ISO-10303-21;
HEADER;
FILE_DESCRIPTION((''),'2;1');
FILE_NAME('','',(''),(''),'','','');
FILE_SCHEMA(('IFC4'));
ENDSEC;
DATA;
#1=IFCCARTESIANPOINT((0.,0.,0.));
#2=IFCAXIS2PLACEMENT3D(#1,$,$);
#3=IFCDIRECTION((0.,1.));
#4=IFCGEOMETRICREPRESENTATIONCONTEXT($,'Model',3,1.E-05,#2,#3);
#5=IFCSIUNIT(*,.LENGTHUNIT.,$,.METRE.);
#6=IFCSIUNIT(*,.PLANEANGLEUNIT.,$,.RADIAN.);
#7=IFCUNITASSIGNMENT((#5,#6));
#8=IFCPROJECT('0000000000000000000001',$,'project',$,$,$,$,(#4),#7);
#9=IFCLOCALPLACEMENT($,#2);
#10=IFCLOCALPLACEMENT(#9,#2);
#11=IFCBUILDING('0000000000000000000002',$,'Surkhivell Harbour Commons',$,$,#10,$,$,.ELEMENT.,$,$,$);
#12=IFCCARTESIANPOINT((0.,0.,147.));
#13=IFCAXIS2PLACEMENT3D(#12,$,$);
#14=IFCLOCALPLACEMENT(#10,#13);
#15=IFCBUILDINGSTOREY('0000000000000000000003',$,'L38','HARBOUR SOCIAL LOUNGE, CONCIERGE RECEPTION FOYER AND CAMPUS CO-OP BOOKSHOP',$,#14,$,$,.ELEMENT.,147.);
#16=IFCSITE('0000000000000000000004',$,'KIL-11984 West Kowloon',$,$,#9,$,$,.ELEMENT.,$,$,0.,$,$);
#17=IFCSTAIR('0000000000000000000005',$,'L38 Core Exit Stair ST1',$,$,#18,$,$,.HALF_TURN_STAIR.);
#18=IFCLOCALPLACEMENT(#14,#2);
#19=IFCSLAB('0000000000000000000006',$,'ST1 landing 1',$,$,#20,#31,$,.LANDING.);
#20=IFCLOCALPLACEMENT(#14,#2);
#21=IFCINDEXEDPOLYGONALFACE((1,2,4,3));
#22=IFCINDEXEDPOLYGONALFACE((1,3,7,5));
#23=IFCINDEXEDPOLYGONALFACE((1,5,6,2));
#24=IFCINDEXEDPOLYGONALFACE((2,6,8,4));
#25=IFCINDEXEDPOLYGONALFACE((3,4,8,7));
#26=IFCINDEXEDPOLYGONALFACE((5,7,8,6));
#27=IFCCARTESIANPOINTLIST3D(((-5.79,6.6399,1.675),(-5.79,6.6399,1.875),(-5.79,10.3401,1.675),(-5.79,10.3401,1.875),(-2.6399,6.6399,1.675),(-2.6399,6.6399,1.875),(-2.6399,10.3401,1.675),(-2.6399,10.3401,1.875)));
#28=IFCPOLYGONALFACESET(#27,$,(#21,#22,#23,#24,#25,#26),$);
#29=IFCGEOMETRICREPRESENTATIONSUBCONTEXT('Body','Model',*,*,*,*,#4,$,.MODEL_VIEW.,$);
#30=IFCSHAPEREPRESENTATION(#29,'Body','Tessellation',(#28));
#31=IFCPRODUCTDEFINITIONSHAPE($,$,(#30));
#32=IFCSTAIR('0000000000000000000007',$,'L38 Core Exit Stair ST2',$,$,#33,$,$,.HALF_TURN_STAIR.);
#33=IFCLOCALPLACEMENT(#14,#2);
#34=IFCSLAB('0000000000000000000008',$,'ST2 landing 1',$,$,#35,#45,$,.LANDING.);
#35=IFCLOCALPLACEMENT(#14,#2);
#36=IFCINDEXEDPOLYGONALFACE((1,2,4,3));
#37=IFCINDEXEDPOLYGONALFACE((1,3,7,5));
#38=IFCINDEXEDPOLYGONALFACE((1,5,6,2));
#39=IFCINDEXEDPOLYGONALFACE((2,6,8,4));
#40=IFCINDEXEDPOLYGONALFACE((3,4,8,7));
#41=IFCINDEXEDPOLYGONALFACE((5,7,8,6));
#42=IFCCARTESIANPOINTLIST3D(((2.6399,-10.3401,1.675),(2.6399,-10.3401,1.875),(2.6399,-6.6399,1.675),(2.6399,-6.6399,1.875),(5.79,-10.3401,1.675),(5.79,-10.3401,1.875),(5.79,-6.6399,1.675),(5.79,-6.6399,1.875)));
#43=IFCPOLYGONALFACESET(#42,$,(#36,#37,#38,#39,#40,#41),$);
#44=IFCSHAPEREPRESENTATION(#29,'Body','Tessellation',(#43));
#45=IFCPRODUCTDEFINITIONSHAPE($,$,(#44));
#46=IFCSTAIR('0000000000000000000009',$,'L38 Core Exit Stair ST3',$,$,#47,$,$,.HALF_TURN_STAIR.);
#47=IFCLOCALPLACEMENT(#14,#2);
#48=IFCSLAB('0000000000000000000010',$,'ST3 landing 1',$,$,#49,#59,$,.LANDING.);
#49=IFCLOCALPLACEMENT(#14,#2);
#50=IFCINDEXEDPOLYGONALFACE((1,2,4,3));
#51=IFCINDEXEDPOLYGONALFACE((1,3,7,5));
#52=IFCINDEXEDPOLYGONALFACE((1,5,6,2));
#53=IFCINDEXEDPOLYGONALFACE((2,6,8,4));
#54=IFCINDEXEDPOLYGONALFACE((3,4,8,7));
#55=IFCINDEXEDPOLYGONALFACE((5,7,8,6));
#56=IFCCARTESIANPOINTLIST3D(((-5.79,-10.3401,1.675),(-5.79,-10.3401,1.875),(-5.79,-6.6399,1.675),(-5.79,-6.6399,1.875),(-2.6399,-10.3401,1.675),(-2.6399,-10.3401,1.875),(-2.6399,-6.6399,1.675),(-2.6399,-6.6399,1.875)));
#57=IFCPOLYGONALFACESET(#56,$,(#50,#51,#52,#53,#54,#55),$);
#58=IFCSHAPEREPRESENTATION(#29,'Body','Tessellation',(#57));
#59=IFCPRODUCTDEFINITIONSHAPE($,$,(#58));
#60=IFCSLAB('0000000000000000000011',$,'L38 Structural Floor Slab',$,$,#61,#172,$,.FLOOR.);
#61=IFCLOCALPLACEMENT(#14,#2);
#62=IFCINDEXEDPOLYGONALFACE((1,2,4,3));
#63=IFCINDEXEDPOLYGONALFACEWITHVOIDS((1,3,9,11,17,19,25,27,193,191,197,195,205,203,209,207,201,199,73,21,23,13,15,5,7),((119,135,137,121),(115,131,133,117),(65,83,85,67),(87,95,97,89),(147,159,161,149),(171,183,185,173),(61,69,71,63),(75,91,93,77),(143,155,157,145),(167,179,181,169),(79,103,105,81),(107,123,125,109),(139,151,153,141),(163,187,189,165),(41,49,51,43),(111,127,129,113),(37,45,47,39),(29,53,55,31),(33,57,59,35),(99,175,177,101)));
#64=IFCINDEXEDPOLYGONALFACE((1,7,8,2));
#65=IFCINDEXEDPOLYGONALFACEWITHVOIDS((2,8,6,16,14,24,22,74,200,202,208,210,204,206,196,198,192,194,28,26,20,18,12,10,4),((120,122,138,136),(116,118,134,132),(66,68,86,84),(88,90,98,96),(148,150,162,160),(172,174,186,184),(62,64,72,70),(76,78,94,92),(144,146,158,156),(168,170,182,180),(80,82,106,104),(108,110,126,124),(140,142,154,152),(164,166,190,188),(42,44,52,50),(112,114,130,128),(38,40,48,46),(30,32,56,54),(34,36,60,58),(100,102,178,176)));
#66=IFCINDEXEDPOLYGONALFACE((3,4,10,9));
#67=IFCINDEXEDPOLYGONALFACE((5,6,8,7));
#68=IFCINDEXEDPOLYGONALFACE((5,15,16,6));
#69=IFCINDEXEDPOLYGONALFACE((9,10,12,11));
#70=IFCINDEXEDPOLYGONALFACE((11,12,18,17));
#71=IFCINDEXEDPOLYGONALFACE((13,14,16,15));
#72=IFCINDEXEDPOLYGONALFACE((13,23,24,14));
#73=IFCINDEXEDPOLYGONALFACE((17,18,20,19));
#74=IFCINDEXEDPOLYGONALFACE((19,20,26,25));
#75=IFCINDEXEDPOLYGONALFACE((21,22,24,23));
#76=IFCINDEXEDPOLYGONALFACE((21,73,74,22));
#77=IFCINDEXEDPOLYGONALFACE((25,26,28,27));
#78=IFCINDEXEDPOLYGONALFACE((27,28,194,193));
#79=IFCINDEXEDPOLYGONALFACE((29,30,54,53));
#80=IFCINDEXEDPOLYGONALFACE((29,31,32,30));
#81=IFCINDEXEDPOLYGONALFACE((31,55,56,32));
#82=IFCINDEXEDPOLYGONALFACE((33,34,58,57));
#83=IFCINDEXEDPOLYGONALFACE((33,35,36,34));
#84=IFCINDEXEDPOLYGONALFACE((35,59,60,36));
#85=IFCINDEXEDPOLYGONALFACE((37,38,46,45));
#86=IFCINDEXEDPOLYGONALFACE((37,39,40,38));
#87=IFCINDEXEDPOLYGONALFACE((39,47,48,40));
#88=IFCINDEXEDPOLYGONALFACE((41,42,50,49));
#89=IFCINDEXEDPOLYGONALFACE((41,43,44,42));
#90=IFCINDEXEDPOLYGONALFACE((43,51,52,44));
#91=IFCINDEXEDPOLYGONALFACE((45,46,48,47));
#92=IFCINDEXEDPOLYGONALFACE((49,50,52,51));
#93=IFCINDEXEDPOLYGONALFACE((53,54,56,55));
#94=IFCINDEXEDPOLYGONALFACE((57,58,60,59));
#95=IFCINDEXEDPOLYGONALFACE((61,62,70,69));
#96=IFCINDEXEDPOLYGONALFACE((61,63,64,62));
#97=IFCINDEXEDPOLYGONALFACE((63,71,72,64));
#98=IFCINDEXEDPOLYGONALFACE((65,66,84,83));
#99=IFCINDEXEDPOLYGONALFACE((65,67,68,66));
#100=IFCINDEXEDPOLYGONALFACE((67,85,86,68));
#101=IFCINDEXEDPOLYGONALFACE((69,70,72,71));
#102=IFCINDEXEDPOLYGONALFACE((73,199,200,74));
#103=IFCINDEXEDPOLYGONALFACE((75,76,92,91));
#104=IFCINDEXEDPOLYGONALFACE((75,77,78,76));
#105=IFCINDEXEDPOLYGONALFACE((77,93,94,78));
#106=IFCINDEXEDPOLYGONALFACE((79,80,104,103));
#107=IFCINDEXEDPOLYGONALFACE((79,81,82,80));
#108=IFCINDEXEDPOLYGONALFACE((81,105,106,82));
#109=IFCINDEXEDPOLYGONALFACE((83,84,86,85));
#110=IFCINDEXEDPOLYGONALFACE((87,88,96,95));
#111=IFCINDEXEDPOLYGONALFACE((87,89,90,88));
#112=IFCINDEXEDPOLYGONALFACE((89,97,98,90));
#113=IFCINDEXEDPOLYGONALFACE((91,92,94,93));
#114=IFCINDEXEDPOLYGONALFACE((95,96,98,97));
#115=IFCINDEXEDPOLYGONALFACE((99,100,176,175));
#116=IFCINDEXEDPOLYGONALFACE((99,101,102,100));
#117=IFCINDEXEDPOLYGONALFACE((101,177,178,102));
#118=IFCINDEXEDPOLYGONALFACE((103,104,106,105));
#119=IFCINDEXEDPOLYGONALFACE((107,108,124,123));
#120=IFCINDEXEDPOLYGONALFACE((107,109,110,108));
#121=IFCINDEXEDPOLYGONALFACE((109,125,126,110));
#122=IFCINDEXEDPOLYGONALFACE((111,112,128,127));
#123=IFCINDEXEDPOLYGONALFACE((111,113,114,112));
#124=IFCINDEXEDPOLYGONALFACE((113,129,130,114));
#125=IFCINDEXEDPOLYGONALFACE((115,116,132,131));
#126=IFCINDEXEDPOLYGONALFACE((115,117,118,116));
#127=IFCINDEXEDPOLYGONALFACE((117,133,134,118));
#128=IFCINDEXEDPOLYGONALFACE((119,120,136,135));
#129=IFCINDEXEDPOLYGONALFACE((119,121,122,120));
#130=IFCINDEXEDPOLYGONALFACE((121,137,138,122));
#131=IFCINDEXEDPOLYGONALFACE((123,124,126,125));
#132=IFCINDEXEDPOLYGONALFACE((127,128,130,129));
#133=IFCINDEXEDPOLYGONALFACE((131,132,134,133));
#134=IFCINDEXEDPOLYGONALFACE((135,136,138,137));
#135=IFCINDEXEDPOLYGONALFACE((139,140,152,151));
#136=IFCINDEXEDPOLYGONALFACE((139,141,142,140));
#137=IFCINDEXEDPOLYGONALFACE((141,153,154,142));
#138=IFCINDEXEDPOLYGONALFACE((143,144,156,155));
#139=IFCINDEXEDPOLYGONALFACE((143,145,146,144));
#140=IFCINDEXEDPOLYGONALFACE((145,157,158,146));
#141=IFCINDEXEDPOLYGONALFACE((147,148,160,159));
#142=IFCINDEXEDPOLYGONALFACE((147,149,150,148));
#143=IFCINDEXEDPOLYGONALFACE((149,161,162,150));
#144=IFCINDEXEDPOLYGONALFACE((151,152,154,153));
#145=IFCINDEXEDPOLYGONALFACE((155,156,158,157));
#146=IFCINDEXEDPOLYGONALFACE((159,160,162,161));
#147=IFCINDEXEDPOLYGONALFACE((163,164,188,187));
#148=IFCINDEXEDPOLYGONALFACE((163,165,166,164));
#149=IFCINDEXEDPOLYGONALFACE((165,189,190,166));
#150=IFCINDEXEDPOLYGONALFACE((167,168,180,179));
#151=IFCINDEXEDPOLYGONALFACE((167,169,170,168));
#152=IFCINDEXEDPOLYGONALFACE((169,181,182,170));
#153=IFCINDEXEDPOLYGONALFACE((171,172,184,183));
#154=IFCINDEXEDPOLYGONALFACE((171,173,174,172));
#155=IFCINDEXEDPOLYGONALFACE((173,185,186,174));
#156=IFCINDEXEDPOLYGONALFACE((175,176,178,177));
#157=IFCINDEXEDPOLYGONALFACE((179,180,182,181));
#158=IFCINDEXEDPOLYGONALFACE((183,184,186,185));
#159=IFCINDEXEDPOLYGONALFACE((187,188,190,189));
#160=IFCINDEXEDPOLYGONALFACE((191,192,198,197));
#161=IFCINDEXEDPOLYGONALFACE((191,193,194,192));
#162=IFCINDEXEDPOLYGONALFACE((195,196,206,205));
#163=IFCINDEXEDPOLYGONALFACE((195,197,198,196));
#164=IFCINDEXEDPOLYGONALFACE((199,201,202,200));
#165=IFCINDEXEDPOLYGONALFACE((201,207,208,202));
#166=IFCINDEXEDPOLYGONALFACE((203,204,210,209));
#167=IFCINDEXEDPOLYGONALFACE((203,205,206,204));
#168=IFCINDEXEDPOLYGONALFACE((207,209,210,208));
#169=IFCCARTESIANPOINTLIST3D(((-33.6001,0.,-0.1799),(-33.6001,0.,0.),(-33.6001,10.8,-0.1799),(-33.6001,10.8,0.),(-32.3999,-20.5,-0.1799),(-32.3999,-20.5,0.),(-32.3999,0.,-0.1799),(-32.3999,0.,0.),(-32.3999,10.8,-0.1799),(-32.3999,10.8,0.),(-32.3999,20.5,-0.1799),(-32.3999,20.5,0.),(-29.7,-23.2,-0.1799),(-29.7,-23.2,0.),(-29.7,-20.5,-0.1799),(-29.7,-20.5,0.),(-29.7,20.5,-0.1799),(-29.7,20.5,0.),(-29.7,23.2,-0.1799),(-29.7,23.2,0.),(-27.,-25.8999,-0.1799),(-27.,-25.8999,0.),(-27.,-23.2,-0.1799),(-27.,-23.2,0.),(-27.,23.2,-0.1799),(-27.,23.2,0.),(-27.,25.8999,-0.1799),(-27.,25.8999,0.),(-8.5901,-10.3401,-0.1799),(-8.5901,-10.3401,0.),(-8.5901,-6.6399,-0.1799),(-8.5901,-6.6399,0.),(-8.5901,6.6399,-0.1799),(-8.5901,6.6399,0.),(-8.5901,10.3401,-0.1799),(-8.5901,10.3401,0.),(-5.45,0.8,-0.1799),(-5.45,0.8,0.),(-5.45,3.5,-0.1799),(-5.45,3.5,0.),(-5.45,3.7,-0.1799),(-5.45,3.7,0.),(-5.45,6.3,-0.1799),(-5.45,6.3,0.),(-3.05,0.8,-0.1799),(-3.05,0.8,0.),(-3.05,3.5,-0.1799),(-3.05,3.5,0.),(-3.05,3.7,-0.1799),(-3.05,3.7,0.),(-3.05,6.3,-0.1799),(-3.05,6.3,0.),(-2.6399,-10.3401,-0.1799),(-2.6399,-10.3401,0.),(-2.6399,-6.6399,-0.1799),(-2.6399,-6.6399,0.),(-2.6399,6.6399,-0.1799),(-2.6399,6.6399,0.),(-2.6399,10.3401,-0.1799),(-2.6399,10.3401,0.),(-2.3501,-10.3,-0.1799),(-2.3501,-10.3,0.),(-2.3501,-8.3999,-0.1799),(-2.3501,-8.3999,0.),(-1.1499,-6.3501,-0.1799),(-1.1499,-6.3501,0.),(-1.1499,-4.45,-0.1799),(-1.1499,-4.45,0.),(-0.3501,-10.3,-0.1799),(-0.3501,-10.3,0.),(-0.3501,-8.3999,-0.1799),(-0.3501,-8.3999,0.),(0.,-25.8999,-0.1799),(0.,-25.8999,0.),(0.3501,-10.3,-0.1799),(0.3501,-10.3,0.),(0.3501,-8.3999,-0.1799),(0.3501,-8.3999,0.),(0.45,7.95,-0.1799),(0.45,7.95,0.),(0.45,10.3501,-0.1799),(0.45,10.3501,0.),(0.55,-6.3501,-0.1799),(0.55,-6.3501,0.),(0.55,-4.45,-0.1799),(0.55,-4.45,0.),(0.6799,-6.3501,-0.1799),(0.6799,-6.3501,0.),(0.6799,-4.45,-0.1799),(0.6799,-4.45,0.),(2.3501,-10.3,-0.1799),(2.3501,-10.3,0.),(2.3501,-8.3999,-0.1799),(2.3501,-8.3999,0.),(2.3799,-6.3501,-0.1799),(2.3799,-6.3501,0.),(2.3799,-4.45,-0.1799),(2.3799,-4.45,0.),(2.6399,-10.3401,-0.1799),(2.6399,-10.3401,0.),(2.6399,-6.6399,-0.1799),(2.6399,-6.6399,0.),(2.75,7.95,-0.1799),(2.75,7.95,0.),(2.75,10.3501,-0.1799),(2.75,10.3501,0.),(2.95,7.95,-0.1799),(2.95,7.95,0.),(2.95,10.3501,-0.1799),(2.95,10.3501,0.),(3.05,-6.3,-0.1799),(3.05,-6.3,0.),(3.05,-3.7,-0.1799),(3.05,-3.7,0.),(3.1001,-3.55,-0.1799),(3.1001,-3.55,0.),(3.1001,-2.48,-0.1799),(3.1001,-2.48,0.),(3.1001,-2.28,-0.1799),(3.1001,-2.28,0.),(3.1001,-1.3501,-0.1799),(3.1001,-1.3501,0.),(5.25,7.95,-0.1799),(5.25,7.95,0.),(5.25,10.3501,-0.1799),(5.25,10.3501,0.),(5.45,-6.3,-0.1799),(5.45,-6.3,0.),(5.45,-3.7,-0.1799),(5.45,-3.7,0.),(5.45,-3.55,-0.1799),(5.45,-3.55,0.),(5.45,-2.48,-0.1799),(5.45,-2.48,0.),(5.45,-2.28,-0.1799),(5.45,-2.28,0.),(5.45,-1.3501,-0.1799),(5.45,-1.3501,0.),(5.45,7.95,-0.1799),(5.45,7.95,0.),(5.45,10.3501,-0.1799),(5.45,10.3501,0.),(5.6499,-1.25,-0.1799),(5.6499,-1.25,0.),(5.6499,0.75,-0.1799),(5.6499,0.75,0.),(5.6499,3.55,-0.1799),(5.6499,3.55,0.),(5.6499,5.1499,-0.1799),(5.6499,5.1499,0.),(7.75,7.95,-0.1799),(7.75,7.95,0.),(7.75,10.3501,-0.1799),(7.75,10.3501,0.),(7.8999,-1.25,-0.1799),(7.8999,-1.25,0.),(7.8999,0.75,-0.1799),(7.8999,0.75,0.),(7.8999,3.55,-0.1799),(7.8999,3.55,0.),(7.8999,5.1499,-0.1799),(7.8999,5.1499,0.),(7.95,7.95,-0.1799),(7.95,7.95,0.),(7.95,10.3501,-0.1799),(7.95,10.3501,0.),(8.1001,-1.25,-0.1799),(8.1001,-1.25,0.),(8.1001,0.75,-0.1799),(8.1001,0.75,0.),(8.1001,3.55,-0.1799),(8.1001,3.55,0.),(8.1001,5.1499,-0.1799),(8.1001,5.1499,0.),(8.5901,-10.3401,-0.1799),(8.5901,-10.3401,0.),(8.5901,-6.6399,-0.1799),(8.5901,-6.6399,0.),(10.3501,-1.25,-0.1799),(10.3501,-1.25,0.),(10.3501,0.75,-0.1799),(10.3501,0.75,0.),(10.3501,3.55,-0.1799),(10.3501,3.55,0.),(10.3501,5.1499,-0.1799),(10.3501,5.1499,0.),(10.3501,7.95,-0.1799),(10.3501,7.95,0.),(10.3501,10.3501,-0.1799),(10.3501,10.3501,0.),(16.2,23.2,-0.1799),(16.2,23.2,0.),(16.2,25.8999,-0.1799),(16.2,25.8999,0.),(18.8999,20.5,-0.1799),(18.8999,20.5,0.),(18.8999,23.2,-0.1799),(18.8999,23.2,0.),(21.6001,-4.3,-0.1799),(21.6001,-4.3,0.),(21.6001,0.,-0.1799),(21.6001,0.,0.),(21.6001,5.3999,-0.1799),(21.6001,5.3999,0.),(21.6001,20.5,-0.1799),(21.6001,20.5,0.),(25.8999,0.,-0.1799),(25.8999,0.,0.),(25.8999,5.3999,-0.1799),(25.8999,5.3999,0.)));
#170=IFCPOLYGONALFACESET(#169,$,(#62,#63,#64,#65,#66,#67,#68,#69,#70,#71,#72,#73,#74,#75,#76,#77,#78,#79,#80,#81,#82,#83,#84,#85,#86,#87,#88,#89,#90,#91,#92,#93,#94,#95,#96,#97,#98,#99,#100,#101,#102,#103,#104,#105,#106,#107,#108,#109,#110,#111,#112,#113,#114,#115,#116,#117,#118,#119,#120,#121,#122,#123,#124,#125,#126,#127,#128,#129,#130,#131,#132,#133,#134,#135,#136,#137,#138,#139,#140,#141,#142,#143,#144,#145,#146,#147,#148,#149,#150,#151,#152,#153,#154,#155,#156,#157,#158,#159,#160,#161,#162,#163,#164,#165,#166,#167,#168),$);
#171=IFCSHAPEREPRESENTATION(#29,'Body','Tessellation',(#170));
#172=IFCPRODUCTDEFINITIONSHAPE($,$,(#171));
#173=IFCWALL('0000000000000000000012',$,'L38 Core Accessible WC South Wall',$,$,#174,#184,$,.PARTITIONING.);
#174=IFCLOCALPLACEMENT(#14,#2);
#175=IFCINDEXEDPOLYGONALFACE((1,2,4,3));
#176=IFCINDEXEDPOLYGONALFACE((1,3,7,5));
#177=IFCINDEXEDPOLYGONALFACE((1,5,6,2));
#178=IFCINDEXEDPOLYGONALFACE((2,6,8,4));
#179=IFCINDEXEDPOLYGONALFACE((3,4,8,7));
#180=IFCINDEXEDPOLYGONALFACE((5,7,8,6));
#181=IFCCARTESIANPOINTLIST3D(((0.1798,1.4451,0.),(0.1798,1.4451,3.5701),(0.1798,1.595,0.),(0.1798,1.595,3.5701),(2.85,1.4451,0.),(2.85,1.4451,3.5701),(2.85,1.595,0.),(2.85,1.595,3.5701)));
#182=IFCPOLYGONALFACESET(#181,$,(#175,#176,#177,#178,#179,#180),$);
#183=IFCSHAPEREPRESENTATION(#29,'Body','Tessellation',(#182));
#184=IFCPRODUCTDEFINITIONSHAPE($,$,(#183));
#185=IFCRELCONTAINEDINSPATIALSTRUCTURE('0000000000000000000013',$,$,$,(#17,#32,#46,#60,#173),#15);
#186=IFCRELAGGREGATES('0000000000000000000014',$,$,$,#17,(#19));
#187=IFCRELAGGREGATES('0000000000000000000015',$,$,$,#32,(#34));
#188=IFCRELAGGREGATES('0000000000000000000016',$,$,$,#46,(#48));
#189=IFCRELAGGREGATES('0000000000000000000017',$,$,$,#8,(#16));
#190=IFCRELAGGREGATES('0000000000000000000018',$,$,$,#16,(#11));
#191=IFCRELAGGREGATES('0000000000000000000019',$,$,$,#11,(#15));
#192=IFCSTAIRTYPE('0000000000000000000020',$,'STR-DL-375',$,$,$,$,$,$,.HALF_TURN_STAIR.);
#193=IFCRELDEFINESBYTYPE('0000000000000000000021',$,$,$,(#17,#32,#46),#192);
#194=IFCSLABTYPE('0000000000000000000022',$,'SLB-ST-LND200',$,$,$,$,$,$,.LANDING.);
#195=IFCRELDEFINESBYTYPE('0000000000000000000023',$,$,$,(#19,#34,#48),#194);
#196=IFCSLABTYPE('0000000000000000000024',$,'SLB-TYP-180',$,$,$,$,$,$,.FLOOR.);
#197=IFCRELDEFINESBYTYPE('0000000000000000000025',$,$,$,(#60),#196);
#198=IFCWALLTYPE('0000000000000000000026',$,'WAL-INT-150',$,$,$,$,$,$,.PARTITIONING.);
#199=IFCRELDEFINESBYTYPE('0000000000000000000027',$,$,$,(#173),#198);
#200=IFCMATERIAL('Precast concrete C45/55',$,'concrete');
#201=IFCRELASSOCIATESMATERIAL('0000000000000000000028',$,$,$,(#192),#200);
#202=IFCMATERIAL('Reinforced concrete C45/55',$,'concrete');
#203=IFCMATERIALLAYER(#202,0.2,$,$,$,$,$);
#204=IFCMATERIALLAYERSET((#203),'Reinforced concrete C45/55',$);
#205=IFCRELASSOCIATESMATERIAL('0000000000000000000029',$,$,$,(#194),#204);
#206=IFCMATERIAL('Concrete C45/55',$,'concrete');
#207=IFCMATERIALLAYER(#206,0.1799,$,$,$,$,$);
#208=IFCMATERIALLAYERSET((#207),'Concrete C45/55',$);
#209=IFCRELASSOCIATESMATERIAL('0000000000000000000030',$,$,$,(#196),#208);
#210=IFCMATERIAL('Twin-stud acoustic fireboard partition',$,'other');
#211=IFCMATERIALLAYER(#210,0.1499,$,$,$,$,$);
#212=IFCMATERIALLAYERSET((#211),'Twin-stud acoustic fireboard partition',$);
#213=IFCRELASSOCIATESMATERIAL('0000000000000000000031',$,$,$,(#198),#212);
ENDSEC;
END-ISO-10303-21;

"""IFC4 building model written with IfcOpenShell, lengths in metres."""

from ifc_helpers import new_model, si_unit, direction, frame, frame_2d, origin, place, context, subcontext, project, spatial, polyline, rectangle, outline, extrude, material, layer, layer_set, type_object, element, aggregate, save


model = new_model("IFC4")

# Units and contexts
model_context = context("Model", 3, precision=1e-05, world=origin(), true_north=direction((0.0, 1.0)))
body_context = subcontext(model_context, "Body", "Model", "MODEL_VIEW")
ifc_project = project(units=[si_unit("LENGTHUNIT", "METRE"), si_unit("PLANEANGLEUNIT", "RADIAN")], contexts=[model_context])

# Site, building, storey
site_placement = place(None, origin())
site = spatial("IfcSite", under=ifc_project, at=site_placement, Name="KIL-11984 West Kowloon", CompositionType="ELEMENT", RefElevation=0.0)
building_placement = place(site_placement, origin())
building = spatial("IfcBuilding", under=site, at=building_placement, Name="Surkhivell Harbour Commons", CompositionType="ELEMENT")
storey_placement = place(building_placement, frame((0.0, 0.0, 147.0)))
storey = spatial("IfcBuildingStorey", under=building, at=storey_placement, Name="L38", Description="HARBOUR SOCIAL LOUNGE, CONCIERGE RECEPTION FOYER AND CAMPUS CO-OP BOOKSHOP", CompositionType="ELEMENT", Elevation=147.0)

# Stairs, slabs
ifc_material_1 = material(Name="Precast concrete C45/55", Category="concrete")
stair_type = type_object("IfcStairType", Name="STR-DL-375", PredefinedType="HALF_TURN_STAIR", material=ifc_material_1)
stair_1_placement = place(storey_placement, origin())
stair_1 = element("IfcStair", 1, at=stair_1_placement, inside=storey, type_object=stair_type, Name="L38 Core Exit Stair ST1", PredefinedType="HALF_TURN_STAIR")
ifc_material_2 = material(Name="Reinforced concrete C45/55", Category="concrete")
ifc_layer_1 = layer(ifc_material_2, 0.2)
ifc_layer_set_1 = layer_set([ifc_layer_1], Name="Reinforced concrete C45/55")
slab_type_1 = type_object("IfcSlabType", Name="SLB-ST-LND200", PredefinedType="LANDING", material=ifc_layer_set_1)
slab_1_placement = place(storey_placement, frame((0.0, 0.0, 1.675)))
slab_1 = element("IfcSlab", 2, at=slab_1_placement, type_object=slab_type_1, Name="ST1 landing 1", PredefinedType="LANDING", context=body_context, shape_type="SweptSolid", body=[
    extrude(outline(polyline([(-5.79, 6.6399), (-2.6399, 6.6399), (-2.6399, 10.3401), (-5.79, 10.3401), (-5.79, 6.6399)])), origin(), (0.0, 0.0, 1.0), 0.2),
])
aggregate(stair_1, [slab_1])
stair_2_placement = place(storey_placement, origin())
stair_2 = element("IfcStair", 3, at=stair_2_placement, inside=storey, type_object=stair_type, Name="L38 Core Exit Stair ST2", PredefinedType="HALF_TURN_STAIR")
slab_2_placement = place(storey_placement, frame((0.0, 0.0, 1.675)))
slab_2 = element("IfcSlab", 4, at=slab_2_placement, type_object=slab_type_1, Name="ST2 landing 1", PredefinedType="LANDING", context=body_context, shape_type="SweptSolid", body=[
    extrude(outline(polyline([(5.79, -6.6399), (2.6399, -6.6399), (2.6399, -10.3401), (5.79, -10.3401), (5.79, -6.6399)])), origin(), (0.0, 0.0, 1.0), 0.2),
])
aggregate(stair_2, [slab_2])
stair_3_placement = place(storey_placement, origin())
stair_3 = element("IfcStair", 5, at=stair_3_placement, inside=storey, type_object=stair_type, Name="L38 Core Exit Stair ST3", PredefinedType="HALF_TURN_STAIR")
slab_3_placement = place(storey_placement, frame((0.0, 0.0, 1.675)))
slab_3 = element("IfcSlab", 6, at=slab_3_placement, type_object=slab_type_1, Name="ST3 landing 1", PredefinedType="LANDING", context=body_context, shape_type="SweptSolid", body=[
    extrude(outline(polyline([(-5.79, -10.3401), (-2.6399, -10.3401), (-2.6399, -6.6399), (-5.79, -6.6399), (-5.79, -10.3401)])), origin(), (0.0, 0.0, 1.0), 0.2),
])
aggregate(stair_3, [slab_3])

# Slab
ifc_material_3 = material(Name="Concrete C45/55", Category="concrete")
ifc_layer_2 = layer(ifc_material_3, 0.1799)
ifc_layer_set_2 = layer_set([ifc_layer_2], Name="Concrete C45/55")
slab_type_2 = type_object("IfcSlabType", Name="SLB-TYP-180", PredefinedType="FLOOR", material=ifc_layer_set_2)
slab_4_placement = place(storey_placement, frame((0.0, 0.0, -0.1799)))
element("IfcSlab", 7, at=slab_4_placement, inside=storey, type_object=slab_type_2, Name="L38 Structural Floor Slab", PredefinedType="FLOOR", context=body_context, shape_type="SweptSolid", body=[
    extrude(outline(polyline([(-32.3999, 20.5), (-32.3999, 10.8), (-33.6001, 10.8), (-33.6001, 0.0), (-32.3999, 0.0), (-32.3999, -20.5), (-29.7, -20.5), (-29.7, -23.2), (-27.0, -23.2), (-27.0, -25.8999), (0.0, -25.8999), (21.6001, -4.3), (21.6001, 0.0), (25.8999, 0.0), (25.8999, 5.3999), (21.6001, 5.3999), (21.6001, 20.5), (18.8999, 20.5), (18.8999, 23.2), (16.2, 23.2), (16.2, 25.8999), (-27.0, 25.8999), (-27.0, 23.2), (-29.7, 23.2), (-29.7, 20.5), (-32.3999, 20.5)]), holes=[polyline([(-8.5901, 6.6399), (-2.6399, 6.6399), (-2.6399, 10.3401), (-8.5901, 10.3401), (-8.5901, 6.6399)]), polyline([(8.5901, -6.6399), (2.6399, -6.6399), (2.6399, -10.3401), (8.5901, -10.3401), (8.5901, -6.6399)]), polyline([(-8.5901, -10.3401), (-2.6399, -10.3401), (-2.6399, -6.6399), (-8.5901, -6.6399), (-8.5901, -10.3401)]), polyline([(0.45, 7.95), (2.75, 7.95), (2.75, 10.3501), (0.45, 10.3501), (0.45, 7.95)]), polyline([(2.95, 7.95), (5.25, 7.95), (5.25, 10.3501), (2.95, 10.3501), (2.95, 7.95)]), polyline([(5.45, 7.95), (7.75, 7.95), (7.75, 10.3501), (5.45, 10.3501), (5.45, 7.95)]), polyline([(7.95, 7.95), (10.3501, 7.95), (10.3501, 10.3501), (7.95, 10.3501), (7.95, 7.95)]), polyline([(5.6499, 3.55), (7.8999, 3.55), (7.8999, 5.1499), (5.6499, 5.1499), (5.6499, 3.55)]), polyline([(8.1001, 3.55), (10.3501, 3.55), (10.3501, 5.1499), (8.1001, 5.1499), (8.1001, 3.55)]), polyline([(5.6499, -1.25), (7.8999, -1.25), (7.8999, 0.75), (5.6499, 0.75), (5.6499, -1.25)]), polyline([(8.1001, -1.25), (10.3501, -1.25), (10.3501, 0.75), (8.1001, 0.75), (8.1001, -1.25)]), polyline([(-1.1499, -6.3501), (0.55, -6.3501), (0.55, -4.45), (-1.1499, -4.45), (-1.1499, -6.3501)]), polyline([(0.6799, -6.3501), (2.3799, -6.3501), (2.3799, -4.45), (0.6799, -4.45), (0.6799, -6.3501)]), polyline([(-2.3501, -10.3), (-0.3501, -10.3), (-0.3501, -8.3999), (-2.3501, -8.3999), (-2.3501, -10.3)]), polyline([(0.3501, -10.3), (2.3501, -10.3), (2.3501, -8.3999), (0.3501, -8.3999), (0.3501, -10.3)]), polyline([(-5.45, 3.7), (-3.05, 3.7), (-3.05, 6.3), (-5.45, 6.3), (-5.45, 3.7)]), polyline([(3.05, -6.3), (5.45, -6.3), (5.45, -3.7), (3.05, -3.7), (3.05, -6.3)]), polyline([(-5.45, 0.8), (-3.05, 0.8), (-3.05, 3.5), (-5.45, 3.5), (-5.45, 0.8)]), polyline([(3.1001, -3.55), (5.45, -3.55), (5.45, -2.48), (3.1001, -2.48), (3.1001, -3.55)]), polyline([(3.1001, -2.28), (5.45, -2.28), (5.45, -1.3501), (3.1001, -1.3501), (3.1001, -2.28)])]), origin(), (0.0, 0.0, 1.0), 0.1799),
])

# Wall
ifc_material_4 = material(Name="Twin-stud acoustic fireboard partition", Category="other")
ifc_layer_3 = layer(ifc_material_4, 0.1499)
ifc_layer_set_3 = layer_set([ifc_layer_3], Name="Twin-stud acoustic fireboard partition")
wall_type_1 = type_object("IfcWallType", Name="WAL-INT-150", PredefinedType="PARTITIONING", material=ifc_layer_set_3)
wall_1_placement = place(storey_placement, frame((0.1799, 1.52, 0.0), z_axis=(0.0, 0.0, 1.0), x_axis=(1.0, 0.0, 0.0)))
element("IfcWall", 8, at=wall_1_placement, inside=storey, type_object=wall_type_1, Name="L38 Core Accessible WC South Wall", PredefinedType="PARTITIONING", context=body_context, shape_type="SweptSolid", body=[
    extrude(rectangle(XDim=2.6702, YDim=0.1499, at=frame_2d((1.335, 0.0))), origin(), (0.0, 0.0, 1.0), 3.5701),
])

save(model, "model.ifc")
